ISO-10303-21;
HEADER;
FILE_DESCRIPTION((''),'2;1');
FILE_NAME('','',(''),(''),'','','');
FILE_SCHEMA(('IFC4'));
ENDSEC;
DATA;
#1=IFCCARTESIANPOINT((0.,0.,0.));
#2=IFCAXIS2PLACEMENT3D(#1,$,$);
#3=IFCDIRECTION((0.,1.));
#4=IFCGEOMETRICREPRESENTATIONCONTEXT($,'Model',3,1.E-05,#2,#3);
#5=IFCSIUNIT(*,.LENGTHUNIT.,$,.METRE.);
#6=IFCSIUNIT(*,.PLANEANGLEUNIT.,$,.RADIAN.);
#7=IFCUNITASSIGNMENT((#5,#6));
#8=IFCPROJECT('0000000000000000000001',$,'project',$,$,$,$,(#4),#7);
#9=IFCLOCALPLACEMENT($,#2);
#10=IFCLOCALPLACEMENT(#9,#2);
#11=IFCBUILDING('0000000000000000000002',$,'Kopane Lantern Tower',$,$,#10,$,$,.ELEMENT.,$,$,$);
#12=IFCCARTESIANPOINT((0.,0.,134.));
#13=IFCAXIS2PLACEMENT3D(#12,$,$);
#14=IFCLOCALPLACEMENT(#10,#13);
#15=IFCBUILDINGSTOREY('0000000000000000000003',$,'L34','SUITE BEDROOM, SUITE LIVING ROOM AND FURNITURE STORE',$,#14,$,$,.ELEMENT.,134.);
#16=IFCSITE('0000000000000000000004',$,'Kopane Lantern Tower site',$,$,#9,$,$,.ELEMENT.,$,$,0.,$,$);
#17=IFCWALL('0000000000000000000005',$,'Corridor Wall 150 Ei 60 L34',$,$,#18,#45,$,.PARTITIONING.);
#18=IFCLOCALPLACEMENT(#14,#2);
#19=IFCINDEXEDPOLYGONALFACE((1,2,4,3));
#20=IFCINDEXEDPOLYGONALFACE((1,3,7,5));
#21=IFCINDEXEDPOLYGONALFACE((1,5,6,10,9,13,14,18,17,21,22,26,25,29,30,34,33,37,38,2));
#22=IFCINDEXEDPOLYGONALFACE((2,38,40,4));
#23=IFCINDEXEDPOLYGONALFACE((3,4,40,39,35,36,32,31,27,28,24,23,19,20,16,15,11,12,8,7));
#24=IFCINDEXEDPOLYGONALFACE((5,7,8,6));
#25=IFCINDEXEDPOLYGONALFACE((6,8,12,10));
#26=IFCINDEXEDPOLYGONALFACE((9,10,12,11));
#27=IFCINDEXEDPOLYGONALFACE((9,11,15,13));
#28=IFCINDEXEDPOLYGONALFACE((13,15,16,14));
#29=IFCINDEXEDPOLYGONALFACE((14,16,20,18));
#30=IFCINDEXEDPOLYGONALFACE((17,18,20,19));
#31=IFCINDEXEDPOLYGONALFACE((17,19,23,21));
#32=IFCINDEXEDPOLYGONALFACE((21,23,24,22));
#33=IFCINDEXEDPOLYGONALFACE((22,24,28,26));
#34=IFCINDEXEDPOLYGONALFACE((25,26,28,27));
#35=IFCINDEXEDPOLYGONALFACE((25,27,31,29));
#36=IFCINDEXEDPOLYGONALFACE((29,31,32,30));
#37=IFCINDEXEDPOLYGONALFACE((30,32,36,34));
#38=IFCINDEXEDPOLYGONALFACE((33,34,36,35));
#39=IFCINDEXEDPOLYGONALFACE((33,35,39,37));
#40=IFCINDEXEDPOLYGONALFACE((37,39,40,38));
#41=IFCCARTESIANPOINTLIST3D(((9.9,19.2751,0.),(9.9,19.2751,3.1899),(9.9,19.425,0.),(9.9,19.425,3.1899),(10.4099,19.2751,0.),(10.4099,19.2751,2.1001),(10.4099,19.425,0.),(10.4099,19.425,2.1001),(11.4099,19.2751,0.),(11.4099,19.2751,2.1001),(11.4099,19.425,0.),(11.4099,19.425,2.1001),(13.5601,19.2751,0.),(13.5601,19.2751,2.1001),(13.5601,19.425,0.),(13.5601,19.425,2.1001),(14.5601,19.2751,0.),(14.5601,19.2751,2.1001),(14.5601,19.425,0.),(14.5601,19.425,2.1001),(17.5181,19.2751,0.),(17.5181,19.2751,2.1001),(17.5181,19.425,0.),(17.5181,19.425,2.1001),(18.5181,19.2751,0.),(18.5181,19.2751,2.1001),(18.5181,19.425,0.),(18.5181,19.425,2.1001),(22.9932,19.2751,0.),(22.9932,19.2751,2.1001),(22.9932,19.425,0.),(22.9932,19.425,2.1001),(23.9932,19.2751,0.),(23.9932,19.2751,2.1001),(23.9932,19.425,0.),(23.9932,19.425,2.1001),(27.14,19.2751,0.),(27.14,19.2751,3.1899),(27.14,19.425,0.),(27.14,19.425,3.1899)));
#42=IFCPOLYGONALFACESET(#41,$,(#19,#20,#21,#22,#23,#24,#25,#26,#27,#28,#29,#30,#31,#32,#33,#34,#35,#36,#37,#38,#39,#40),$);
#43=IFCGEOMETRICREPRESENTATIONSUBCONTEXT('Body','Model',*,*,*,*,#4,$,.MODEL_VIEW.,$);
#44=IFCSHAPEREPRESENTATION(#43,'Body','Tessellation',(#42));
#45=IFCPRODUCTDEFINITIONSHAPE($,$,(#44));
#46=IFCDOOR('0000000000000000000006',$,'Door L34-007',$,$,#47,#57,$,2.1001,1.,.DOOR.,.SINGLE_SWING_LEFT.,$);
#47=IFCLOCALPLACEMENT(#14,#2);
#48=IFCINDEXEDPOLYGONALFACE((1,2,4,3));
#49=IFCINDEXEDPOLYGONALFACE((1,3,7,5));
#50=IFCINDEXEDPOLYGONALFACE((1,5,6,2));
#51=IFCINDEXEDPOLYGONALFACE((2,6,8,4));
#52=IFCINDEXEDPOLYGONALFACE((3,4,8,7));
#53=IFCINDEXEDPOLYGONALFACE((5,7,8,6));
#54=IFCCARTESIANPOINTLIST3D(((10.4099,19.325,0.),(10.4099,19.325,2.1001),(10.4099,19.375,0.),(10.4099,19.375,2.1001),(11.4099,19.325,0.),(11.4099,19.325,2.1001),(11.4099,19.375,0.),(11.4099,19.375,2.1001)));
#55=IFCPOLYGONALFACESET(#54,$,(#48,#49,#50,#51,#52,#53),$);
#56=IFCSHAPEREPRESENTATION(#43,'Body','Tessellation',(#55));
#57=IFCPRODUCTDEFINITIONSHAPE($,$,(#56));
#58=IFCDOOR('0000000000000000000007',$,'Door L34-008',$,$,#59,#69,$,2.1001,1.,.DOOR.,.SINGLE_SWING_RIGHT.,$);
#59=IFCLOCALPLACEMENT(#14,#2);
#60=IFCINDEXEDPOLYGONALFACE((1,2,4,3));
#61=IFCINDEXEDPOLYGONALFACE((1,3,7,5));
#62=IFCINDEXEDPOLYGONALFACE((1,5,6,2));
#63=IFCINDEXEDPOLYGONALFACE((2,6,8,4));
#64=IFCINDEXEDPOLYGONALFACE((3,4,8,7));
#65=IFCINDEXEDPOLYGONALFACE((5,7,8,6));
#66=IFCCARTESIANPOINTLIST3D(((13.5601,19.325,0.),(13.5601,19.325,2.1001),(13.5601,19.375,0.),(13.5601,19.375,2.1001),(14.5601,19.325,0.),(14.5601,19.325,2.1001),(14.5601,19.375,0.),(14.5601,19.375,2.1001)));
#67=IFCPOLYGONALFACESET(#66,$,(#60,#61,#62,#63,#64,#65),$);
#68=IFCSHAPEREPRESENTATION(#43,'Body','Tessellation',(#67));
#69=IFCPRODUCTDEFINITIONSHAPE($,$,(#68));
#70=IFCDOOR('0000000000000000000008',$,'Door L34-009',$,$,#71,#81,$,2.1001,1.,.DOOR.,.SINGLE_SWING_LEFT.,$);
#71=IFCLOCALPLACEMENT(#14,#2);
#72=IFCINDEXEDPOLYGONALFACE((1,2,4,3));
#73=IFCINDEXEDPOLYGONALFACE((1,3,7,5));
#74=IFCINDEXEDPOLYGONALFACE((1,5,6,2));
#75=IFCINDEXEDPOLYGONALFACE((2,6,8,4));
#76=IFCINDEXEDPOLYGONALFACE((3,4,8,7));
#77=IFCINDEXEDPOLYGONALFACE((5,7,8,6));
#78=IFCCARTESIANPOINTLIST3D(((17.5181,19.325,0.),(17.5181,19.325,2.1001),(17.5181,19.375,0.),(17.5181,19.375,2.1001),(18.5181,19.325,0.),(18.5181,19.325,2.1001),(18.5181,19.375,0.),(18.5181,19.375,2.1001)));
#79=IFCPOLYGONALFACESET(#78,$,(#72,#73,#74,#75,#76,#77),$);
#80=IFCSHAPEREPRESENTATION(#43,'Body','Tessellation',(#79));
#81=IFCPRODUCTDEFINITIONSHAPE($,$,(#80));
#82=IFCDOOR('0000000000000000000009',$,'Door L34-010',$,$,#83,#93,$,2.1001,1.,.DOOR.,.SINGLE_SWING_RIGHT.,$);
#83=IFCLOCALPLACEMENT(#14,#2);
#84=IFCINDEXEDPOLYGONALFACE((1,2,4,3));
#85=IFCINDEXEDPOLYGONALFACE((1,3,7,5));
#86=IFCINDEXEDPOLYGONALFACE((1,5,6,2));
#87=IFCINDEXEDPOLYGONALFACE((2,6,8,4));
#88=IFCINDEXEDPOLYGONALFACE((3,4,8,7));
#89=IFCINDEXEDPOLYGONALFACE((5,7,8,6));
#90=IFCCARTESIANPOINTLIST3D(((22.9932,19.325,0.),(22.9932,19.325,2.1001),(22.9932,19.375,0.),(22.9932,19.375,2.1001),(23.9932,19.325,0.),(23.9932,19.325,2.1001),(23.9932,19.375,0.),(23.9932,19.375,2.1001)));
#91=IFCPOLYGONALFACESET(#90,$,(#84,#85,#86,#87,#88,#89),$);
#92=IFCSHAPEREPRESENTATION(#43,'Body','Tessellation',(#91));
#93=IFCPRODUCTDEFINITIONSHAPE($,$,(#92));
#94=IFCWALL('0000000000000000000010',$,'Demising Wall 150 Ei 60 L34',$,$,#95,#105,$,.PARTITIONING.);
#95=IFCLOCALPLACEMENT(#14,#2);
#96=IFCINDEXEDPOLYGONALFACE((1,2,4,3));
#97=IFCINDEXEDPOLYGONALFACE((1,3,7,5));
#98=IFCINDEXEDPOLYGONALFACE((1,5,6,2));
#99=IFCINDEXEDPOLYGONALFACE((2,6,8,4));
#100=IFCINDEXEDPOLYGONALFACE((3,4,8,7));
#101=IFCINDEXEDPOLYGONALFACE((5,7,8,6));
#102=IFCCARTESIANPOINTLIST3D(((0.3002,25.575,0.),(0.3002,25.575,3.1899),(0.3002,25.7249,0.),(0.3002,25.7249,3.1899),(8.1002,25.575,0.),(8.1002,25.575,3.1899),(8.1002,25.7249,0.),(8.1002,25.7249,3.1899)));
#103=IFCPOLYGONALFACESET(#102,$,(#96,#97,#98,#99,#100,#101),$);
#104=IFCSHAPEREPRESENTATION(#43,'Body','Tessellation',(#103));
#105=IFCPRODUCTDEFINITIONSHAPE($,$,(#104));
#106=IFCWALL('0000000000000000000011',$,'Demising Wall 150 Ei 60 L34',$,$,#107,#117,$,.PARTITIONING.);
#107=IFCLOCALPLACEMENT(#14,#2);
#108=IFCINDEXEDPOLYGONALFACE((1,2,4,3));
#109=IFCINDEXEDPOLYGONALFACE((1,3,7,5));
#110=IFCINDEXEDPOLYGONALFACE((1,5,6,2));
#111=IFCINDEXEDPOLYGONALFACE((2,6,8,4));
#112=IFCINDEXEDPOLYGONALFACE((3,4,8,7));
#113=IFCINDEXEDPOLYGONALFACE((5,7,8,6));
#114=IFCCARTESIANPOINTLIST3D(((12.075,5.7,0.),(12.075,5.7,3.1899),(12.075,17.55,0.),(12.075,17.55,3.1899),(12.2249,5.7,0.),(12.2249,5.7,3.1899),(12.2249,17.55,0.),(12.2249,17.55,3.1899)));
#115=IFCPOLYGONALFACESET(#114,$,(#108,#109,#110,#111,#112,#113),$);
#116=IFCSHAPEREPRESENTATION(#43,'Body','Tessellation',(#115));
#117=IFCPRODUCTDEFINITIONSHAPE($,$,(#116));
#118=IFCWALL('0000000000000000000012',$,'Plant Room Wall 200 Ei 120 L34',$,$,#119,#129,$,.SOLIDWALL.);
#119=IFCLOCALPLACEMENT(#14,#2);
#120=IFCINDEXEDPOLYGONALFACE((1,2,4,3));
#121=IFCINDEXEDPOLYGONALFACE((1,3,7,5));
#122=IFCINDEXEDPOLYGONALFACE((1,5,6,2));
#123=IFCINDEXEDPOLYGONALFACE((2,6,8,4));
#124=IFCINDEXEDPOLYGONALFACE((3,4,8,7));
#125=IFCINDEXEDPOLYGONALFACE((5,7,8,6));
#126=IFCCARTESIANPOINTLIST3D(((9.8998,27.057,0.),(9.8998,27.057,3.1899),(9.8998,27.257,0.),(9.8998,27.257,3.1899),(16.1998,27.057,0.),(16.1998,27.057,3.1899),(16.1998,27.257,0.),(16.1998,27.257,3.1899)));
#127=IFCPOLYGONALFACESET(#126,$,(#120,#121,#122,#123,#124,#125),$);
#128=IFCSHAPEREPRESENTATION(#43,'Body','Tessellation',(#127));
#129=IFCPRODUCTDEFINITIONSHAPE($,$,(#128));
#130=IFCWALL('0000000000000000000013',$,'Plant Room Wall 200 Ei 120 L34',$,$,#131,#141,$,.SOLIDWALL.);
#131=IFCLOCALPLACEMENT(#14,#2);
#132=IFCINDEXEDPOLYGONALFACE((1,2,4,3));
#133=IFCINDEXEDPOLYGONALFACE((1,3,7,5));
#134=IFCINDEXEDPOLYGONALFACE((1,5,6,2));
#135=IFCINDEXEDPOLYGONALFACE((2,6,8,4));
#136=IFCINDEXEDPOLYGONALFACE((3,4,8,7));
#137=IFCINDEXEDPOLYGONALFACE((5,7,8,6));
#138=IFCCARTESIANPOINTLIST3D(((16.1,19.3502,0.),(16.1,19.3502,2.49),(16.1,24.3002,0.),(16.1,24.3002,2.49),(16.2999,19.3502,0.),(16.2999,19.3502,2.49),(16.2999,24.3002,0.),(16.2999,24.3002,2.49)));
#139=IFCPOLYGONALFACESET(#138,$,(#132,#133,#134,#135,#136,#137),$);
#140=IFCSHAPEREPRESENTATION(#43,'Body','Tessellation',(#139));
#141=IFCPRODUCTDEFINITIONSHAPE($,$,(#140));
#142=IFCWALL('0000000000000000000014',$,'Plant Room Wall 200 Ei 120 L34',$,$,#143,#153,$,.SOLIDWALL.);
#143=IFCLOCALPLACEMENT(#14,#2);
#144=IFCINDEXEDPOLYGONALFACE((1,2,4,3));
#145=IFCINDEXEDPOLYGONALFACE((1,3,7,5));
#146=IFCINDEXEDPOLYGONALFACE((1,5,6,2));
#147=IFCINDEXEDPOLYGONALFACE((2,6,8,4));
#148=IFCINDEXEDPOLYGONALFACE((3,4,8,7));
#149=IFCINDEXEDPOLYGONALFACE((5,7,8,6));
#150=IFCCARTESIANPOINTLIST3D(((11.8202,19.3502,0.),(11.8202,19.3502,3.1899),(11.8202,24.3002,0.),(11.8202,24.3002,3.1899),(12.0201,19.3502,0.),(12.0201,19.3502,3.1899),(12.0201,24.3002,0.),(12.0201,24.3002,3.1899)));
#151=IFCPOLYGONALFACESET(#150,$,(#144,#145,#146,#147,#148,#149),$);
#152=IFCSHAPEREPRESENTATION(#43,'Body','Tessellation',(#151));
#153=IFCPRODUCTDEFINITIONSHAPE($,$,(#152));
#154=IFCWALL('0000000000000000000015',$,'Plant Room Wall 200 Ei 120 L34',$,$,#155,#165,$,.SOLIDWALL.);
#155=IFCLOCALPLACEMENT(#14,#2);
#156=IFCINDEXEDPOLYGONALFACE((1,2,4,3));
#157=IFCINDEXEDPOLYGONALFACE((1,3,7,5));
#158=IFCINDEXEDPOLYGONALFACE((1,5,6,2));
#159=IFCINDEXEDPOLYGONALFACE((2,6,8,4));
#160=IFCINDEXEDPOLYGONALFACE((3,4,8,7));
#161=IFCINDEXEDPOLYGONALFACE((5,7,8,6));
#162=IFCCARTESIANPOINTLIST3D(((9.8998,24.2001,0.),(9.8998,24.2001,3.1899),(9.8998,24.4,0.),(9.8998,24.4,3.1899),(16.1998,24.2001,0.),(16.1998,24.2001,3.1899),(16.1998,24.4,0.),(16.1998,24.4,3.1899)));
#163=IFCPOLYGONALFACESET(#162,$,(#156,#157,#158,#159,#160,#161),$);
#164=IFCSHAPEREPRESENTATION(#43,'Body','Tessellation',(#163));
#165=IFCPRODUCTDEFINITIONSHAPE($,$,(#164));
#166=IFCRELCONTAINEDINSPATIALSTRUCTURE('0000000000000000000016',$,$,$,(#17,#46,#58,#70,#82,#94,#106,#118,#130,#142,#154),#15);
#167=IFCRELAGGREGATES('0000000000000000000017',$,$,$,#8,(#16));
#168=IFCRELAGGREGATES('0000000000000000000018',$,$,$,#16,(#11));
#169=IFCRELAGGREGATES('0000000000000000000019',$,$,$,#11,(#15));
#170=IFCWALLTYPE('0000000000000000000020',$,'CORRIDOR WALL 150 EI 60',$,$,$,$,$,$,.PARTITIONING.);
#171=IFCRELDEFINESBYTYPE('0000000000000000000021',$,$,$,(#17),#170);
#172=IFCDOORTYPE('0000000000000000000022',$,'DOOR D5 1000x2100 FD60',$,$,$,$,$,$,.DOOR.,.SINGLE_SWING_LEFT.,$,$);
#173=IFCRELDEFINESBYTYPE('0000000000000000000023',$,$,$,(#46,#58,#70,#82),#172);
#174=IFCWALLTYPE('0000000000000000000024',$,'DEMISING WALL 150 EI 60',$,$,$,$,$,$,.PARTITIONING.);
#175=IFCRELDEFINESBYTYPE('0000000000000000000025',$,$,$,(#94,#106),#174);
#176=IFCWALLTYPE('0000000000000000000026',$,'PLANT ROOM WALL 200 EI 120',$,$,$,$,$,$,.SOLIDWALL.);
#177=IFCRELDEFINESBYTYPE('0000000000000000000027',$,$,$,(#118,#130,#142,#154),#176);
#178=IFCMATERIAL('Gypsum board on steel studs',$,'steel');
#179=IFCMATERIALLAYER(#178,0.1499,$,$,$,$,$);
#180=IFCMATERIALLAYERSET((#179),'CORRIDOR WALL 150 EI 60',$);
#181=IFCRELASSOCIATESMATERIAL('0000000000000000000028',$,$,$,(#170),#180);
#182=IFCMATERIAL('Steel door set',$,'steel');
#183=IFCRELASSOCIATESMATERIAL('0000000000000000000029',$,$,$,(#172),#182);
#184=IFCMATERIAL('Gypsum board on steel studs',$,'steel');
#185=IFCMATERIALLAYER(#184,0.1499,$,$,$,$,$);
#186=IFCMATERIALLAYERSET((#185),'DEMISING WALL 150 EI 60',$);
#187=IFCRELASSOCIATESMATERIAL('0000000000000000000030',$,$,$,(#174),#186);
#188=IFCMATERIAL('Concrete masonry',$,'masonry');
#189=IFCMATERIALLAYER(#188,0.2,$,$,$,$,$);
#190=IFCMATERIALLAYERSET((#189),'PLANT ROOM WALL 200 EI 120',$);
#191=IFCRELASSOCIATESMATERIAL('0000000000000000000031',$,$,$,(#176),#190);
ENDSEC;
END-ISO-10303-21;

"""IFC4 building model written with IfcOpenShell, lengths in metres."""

from ifc_helpers import new_model, si_unit, direction, frame, frame_2d, origin, place, context, subcontext, project, spatial, rectangle, extrude, material, layer, layer_set, type_object, element, fill, save


model = new_model("IFC4")

# Units and contexts
model_context = context("Model", 3, precision=1e-05, world=origin(), true_north=direction((0.0, 1.0)))
body_context = subcontext(model_context, "Body", "Model", "MODEL_VIEW")
ifc_project = project(units=[si_unit("LENGTHUNIT", "METRE"), si_unit("PLANEANGLEUNIT", "RADIAN")], contexts=[model_context])

# Site, building, storey
site_placement = place(None, origin())
site = spatial("IfcSite", under=ifc_project, at=site_placement, Name="Kopane Lantern Tower site", CompositionType="ELEMENT", RefElevation=0.0)
building_placement = place(site_placement, origin())
building = spatial("IfcBuilding", under=site, at=building_placement, Name="Kopane Lantern Tower", CompositionType="ELEMENT")
storey_placement = place(building_placement, frame((0.0, 0.0, 134.0)))
storey = spatial("IfcBuildingStorey", under=building, at=storey_placement, Name="L34", Description="SUITE BEDROOM, SUITE LIVING ROOM AND FURNITURE STORE", CompositionType="ELEMENT", Elevation=134.0)

# Wall, openings, doors
ifc_material_1 = material(Name="Gypsum board on steel studs", Category="steel")
ifc_layer_1 = layer(ifc_material_1, 0.1499)
ifc_layer_set_1 = layer_set([ifc_layer_1], Name="CORRIDOR WALL 150 EI 60")
wall_type_1 = type_object("IfcWallType", Name="CORRIDOR WALL 150 EI 60", PredefinedType="PARTITIONING", material=ifc_layer_set_1)
wall_1_placement = place(storey_placement, frame((9.8999, 19.3501, 0.0), z_axis=(0.0, 0.0, 1.0), x_axis=(1.0, 0.0, 0.0)))
wall_1 = element("IfcWall", 1, at=wall_1_placement, inside=storey, type_object=wall_type_1, Name="Corridor Wall 150 Ei 60 L34", PredefinedType="PARTITIONING", context=body_context, shape_type="SweptSolid", body=[
    extrude(rectangle(XDim=17.24, YDim=0.1499, at=frame_2d((8.6201, 0.0))), origin(), (0.0, 0.0, 1.0), 3.1899),
])
opening_1_placement = place(wall_1_placement, frame((0.51, 0.0, 0.0)))
opening_1 = element("IfcOpeningElement", 2, at=opening_1_placement, cuts=wall_1, PredefinedType="OPENING", context=body_context, shape_type="SweptSolid", body=[
    extrude(rectangle(XDim=1.0, YDim=2.1001, at=frame_2d((0.5, 1.05))), frame((0.0, 0.085, 0.0), z_axis=(0.0, -1.0, 0.0), x_axis=(1.0, 0.0, 0.0)), (0.0, 0.0, 1.0), 0.1699),
])
opening_2_placement = place(wall_1_placement, frame((3.6602, 0.0, 0.0)))
opening_2 = element("IfcOpeningElement", 3, at=opening_2_placement, cuts=wall_1, PredefinedType="OPENING", context=body_context, shape_type="SweptSolid", body=[
    extrude(rectangle(XDim=1.0, YDim=2.1001, at=frame_2d((0.5, 1.05))), frame((0.0, 0.085, 0.0), z_axis=(0.0, -1.0, 0.0), x_axis=(1.0, 0.0, 0.0)), (0.0, 0.0, 1.0), 0.1699),
])
opening_3_placement = place(wall_1_placement, frame((7.6182, 0.0, 0.0)))
opening_3 = element("IfcOpeningElement", 4, at=opening_3_placement, cuts=wall_1, PredefinedType="OPENING", context=body_context, shape_type="SweptSolid", body=[
    extrude(rectangle(XDim=1.0, YDim=2.1001, at=frame_2d((0.5, 1.05))), frame((0.0, 0.085, 0.0), z_axis=(0.0, -1.0, 0.0), x_axis=(1.0, 0.0, 0.0)), (0.0, 0.0, 1.0), 0.1699),
])
opening_4_placement = place(wall_1_placement, frame((13.0933, 0.0, 0.0)))
opening_4 = element("IfcOpeningElement", 5, at=opening_4_placement, cuts=wall_1, PredefinedType="OPENING", context=body_context, shape_type="SweptSolid", body=[
    extrude(rectangle(XDim=1.0, YDim=2.1001, at=frame_2d((0.5, 1.05))), frame((0.0, 0.085, 0.0), z_axis=(0.0, -1.0, 0.0), x_axis=(1.0, 0.0, 0.0)), (0.0, 0.0, 1.0), 0.1699),
])
ifc_material_2 = material(Name="Steel door set", Category="steel")
door_type_1 = type_object("IfcDoorType", Name="DOOR D5 1000x2100 FD60", OperationType="SINGLE_SWING_LEFT", PredefinedType="DOOR", material=ifc_material_2)
door_1_placement = place(opening_1_placement, origin())
door_1 = element("IfcDoor", 6, at=door_1_placement, inside=storey, type_object=door_type_1, Name="Door L34-007", OperationType="SINGLE_SWING_LEFT", OverallHeight=2.1001, OverallWidth=1.0, PredefinedType="DOOR", context=body_context, shape_type="SweptSolid", body=[
    extrude(rectangle(XDim=1.0, YDim=2.1001, at=frame_2d((0.5, 1.05))), frame((0.0, 0.0249, 0.0), z_axis=(0.0, -1.0, 0.0), x_axis=(1.0, 0.0, 0.0)), (0.0, 0.0, 1.0), 0.05),
])
fill(opening_1, door_1)
door_2_placement = place(opening_2_placement, origin())
door_2 = element("IfcDoor", 7, at=door_2_placement, inside=storey, type_object=door_type_1, Name="Door L34-008", OperationType="SINGLE_SWING_RIGHT", OverallHeight=2.1001, OverallWidth=1.0, PredefinedType="DOOR", context=body_context, shape_type="SweptSolid", body=[
    extrude(rectangle(XDim=1.0, YDim=2.1001, at=frame_2d((0.5, 1.05))), frame((0.0, 0.0249, 0.0), z_axis=(0.0, -1.0, 0.0), x_axis=(1.0, 0.0, 0.0)), (0.0, 0.0, 1.0), 0.05),
])
fill(opening_2, door_2)
door_3_placement = place(opening_3_placement, origin())
door_3 = element("IfcDoor", 8, at=door_3_placement, inside=storey, type_object=door_type_1, Name="Door L34-009", OperationType="SINGLE_SWING_LEFT", OverallHeight=2.1001, OverallWidth=1.0, PredefinedType="DOOR", context=body_context, shape_type="SweptSolid", body=[
    extrude(rectangle(XDim=1.0, YDim=2.1001, at=frame_2d((0.5, 1.05))), frame((0.0, 0.0249, 0.0), z_axis=(0.0, -1.0, 0.0), x_axis=(1.0, 0.0, 0.0)), (0.0, 0.0, 1.0), 0.05),
])
fill(opening_3, door_3)
door_4_placement = place(opening_4_placement, origin())
door_4 = element("IfcDoor", 9, at=door_4_placement, inside=storey, type_object=door_type_1, Name="Door L34-010", OperationType="SINGLE_SWING_RIGHT", OverallHeight=2.1001, OverallWidth=1.0, PredefinedType="DOOR", context=body_context, shape_type="SweptSolid", body=[
    extrude(rectangle(XDim=1.0, YDim=2.1001, at=frame_2d((0.5, 1.05))), frame((0.0, 0.0249, 0.0), z_axis=(0.0, -1.0, 0.0), x_axis=(1.0, 0.0, 0.0)), (0.0, 0.0, 1.0), 0.05),
])
fill(opening_4, door_4)

# Walls
ifc_material_3 = material(Name="Gypsum board on steel studs", Category="steel")
ifc_layer_2 = layer(ifc_material_3, 0.1499)
ifc_layer_set_2 = layer_set([ifc_layer_2], Name="DEMISING WALL 150 EI 60")
wall_type_2 = type_object("IfcWallType", Name="DEMISING WALL 150 EI 60", PredefinedType="PARTITIONING", material=ifc_layer_set_2)
wall_2_placement = place(storey_placement, frame((8.1001, 25.6499, 0.0), z_axis=(0.0, 0.0, 1.0), x_axis=(-1.0, 0.0, 0.0)))
element("IfcWall", 10, at=wall_2_placement, inside=storey, type_object=wall_type_2, Name="Demising Wall 150 Ei 60 L34", PredefinedType="PARTITIONING", context=body_context, shape_type="SweptSolid", body=[
    extrude(rectangle(XDim=7.8, YDim=0.1499, at=frame_2d((3.8999, 0.0))), origin(), (0.0, 0.0, 1.0), 3.1899),
])
wall_3_placement = place(storey_placement, frame((12.1499, 17.55, 0.0), z_axis=(0.0, 0.0, 1.0), x_axis=(0.0, -1.0, 0.0)))
element("IfcWall", 11, at=wall_3_placement, inside=storey, type_object=wall_type_2, Name="Demising Wall 150 Ei 60 L34", PredefinedType="PARTITIONING", context=body_context, shape_type="SweptSolid", body=[
    extrude(rectangle(XDim=11.8501, YDim=0.1499, at=frame_2d((5.925, 0.0))), origin(), (0.0, 0.0, 1.0), 3.1899),
])
ifc_material_4 = material(Name="Concrete masonry", Category="masonry")
ifc_layer_3 = layer(ifc_material_4, 0.2)
ifc_layer_set_3 = layer_set([ifc_layer_3], Name="PLANT ROOM WALL 200 EI 120")
wall_type_3 = type_object("IfcWallType", Name="PLANT ROOM WALL 200 EI 120", PredefinedType="SOLIDWALL", material=ifc_layer_set_3)
wall_4_placement = place(storey_placement, frame((9.8999, 27.157, 0.0), z_axis=(0.0, 0.0, 1.0), x_axis=(1.0, 0.0, 0.0)))
element("IfcWall", 12, at=wall_4_placement, inside=storey, type_object=wall_type_3, Name="Plant Room Wall 200 Ei 120 L34", PredefinedType="SOLIDWALL", context=body_context, shape_type="SweptSolid", body=[
    extrude(rectangle(XDim=6.3, YDim=0.2, at=frame_2d((3.1499, 0.0))), origin(), (0.0, 0.0, 1.0), 3.1899),
])
wall_5_placement = place(storey_placement, frame((16.2, 19.3501, 0.0), z_axis=(0.0, 0.0, 1.0), x_axis=(0.0, 1.0, 0.0)))
element("IfcWall", 13, at=wall_5_placement, inside=storey, type_object=wall_type_3, Name="Plant Room Wall 200 Ei 120 L34", PredefinedType="SOLIDWALL", context=body_context, shape_type="SweptSolid", body=[
    extrude(rectangle(XDim=4.95, YDim=0.2, at=frame_2d((2.4751, 0.0))), origin(), (0.0, 0.0, 1.0), 2.49),
])
wall_6_placement = place(storey_placement, frame((11.9202, 19.3501, 0.0), z_axis=(0.0, 0.0, 1.0), x_axis=(0.0, 1.0, 0.0)))
element("IfcWall", 14, at=wall_6_placement, inside=storey, type_object=wall_type_3, Name="Plant Room Wall 200 Ei 120 L34", PredefinedType="SOLIDWALL", context=body_context, shape_type="SweptSolid", body=[
    extrude(rectangle(XDim=4.95, YDim=0.2, at=frame_2d((2.4751, 0.0))), origin(), (0.0, 0.0, 1.0), 3.1899),
])
wall_7_placement = place(storey_placement, frame((9.8999, 24.3, 0.0), z_axis=(0.0, 0.0, 1.0), x_axis=(1.0, 0.0, 0.0)))
element("IfcWall", 15, at=wall_7_placement, inside=storey, type_object=wall_type_3, Name="Plant Room Wall 200 Ei 120 L34", PredefinedType="SOLIDWALL", context=body_context, shape_type="SweptSolid", body=[
    extrude(rectangle(XDim=6.3, YDim=0.2, at=frame_2d((3.1499, 0.0))), origin(), (0.0, 0.0, 1.0), 3.1899),
])

save(model, "model.ifc")
